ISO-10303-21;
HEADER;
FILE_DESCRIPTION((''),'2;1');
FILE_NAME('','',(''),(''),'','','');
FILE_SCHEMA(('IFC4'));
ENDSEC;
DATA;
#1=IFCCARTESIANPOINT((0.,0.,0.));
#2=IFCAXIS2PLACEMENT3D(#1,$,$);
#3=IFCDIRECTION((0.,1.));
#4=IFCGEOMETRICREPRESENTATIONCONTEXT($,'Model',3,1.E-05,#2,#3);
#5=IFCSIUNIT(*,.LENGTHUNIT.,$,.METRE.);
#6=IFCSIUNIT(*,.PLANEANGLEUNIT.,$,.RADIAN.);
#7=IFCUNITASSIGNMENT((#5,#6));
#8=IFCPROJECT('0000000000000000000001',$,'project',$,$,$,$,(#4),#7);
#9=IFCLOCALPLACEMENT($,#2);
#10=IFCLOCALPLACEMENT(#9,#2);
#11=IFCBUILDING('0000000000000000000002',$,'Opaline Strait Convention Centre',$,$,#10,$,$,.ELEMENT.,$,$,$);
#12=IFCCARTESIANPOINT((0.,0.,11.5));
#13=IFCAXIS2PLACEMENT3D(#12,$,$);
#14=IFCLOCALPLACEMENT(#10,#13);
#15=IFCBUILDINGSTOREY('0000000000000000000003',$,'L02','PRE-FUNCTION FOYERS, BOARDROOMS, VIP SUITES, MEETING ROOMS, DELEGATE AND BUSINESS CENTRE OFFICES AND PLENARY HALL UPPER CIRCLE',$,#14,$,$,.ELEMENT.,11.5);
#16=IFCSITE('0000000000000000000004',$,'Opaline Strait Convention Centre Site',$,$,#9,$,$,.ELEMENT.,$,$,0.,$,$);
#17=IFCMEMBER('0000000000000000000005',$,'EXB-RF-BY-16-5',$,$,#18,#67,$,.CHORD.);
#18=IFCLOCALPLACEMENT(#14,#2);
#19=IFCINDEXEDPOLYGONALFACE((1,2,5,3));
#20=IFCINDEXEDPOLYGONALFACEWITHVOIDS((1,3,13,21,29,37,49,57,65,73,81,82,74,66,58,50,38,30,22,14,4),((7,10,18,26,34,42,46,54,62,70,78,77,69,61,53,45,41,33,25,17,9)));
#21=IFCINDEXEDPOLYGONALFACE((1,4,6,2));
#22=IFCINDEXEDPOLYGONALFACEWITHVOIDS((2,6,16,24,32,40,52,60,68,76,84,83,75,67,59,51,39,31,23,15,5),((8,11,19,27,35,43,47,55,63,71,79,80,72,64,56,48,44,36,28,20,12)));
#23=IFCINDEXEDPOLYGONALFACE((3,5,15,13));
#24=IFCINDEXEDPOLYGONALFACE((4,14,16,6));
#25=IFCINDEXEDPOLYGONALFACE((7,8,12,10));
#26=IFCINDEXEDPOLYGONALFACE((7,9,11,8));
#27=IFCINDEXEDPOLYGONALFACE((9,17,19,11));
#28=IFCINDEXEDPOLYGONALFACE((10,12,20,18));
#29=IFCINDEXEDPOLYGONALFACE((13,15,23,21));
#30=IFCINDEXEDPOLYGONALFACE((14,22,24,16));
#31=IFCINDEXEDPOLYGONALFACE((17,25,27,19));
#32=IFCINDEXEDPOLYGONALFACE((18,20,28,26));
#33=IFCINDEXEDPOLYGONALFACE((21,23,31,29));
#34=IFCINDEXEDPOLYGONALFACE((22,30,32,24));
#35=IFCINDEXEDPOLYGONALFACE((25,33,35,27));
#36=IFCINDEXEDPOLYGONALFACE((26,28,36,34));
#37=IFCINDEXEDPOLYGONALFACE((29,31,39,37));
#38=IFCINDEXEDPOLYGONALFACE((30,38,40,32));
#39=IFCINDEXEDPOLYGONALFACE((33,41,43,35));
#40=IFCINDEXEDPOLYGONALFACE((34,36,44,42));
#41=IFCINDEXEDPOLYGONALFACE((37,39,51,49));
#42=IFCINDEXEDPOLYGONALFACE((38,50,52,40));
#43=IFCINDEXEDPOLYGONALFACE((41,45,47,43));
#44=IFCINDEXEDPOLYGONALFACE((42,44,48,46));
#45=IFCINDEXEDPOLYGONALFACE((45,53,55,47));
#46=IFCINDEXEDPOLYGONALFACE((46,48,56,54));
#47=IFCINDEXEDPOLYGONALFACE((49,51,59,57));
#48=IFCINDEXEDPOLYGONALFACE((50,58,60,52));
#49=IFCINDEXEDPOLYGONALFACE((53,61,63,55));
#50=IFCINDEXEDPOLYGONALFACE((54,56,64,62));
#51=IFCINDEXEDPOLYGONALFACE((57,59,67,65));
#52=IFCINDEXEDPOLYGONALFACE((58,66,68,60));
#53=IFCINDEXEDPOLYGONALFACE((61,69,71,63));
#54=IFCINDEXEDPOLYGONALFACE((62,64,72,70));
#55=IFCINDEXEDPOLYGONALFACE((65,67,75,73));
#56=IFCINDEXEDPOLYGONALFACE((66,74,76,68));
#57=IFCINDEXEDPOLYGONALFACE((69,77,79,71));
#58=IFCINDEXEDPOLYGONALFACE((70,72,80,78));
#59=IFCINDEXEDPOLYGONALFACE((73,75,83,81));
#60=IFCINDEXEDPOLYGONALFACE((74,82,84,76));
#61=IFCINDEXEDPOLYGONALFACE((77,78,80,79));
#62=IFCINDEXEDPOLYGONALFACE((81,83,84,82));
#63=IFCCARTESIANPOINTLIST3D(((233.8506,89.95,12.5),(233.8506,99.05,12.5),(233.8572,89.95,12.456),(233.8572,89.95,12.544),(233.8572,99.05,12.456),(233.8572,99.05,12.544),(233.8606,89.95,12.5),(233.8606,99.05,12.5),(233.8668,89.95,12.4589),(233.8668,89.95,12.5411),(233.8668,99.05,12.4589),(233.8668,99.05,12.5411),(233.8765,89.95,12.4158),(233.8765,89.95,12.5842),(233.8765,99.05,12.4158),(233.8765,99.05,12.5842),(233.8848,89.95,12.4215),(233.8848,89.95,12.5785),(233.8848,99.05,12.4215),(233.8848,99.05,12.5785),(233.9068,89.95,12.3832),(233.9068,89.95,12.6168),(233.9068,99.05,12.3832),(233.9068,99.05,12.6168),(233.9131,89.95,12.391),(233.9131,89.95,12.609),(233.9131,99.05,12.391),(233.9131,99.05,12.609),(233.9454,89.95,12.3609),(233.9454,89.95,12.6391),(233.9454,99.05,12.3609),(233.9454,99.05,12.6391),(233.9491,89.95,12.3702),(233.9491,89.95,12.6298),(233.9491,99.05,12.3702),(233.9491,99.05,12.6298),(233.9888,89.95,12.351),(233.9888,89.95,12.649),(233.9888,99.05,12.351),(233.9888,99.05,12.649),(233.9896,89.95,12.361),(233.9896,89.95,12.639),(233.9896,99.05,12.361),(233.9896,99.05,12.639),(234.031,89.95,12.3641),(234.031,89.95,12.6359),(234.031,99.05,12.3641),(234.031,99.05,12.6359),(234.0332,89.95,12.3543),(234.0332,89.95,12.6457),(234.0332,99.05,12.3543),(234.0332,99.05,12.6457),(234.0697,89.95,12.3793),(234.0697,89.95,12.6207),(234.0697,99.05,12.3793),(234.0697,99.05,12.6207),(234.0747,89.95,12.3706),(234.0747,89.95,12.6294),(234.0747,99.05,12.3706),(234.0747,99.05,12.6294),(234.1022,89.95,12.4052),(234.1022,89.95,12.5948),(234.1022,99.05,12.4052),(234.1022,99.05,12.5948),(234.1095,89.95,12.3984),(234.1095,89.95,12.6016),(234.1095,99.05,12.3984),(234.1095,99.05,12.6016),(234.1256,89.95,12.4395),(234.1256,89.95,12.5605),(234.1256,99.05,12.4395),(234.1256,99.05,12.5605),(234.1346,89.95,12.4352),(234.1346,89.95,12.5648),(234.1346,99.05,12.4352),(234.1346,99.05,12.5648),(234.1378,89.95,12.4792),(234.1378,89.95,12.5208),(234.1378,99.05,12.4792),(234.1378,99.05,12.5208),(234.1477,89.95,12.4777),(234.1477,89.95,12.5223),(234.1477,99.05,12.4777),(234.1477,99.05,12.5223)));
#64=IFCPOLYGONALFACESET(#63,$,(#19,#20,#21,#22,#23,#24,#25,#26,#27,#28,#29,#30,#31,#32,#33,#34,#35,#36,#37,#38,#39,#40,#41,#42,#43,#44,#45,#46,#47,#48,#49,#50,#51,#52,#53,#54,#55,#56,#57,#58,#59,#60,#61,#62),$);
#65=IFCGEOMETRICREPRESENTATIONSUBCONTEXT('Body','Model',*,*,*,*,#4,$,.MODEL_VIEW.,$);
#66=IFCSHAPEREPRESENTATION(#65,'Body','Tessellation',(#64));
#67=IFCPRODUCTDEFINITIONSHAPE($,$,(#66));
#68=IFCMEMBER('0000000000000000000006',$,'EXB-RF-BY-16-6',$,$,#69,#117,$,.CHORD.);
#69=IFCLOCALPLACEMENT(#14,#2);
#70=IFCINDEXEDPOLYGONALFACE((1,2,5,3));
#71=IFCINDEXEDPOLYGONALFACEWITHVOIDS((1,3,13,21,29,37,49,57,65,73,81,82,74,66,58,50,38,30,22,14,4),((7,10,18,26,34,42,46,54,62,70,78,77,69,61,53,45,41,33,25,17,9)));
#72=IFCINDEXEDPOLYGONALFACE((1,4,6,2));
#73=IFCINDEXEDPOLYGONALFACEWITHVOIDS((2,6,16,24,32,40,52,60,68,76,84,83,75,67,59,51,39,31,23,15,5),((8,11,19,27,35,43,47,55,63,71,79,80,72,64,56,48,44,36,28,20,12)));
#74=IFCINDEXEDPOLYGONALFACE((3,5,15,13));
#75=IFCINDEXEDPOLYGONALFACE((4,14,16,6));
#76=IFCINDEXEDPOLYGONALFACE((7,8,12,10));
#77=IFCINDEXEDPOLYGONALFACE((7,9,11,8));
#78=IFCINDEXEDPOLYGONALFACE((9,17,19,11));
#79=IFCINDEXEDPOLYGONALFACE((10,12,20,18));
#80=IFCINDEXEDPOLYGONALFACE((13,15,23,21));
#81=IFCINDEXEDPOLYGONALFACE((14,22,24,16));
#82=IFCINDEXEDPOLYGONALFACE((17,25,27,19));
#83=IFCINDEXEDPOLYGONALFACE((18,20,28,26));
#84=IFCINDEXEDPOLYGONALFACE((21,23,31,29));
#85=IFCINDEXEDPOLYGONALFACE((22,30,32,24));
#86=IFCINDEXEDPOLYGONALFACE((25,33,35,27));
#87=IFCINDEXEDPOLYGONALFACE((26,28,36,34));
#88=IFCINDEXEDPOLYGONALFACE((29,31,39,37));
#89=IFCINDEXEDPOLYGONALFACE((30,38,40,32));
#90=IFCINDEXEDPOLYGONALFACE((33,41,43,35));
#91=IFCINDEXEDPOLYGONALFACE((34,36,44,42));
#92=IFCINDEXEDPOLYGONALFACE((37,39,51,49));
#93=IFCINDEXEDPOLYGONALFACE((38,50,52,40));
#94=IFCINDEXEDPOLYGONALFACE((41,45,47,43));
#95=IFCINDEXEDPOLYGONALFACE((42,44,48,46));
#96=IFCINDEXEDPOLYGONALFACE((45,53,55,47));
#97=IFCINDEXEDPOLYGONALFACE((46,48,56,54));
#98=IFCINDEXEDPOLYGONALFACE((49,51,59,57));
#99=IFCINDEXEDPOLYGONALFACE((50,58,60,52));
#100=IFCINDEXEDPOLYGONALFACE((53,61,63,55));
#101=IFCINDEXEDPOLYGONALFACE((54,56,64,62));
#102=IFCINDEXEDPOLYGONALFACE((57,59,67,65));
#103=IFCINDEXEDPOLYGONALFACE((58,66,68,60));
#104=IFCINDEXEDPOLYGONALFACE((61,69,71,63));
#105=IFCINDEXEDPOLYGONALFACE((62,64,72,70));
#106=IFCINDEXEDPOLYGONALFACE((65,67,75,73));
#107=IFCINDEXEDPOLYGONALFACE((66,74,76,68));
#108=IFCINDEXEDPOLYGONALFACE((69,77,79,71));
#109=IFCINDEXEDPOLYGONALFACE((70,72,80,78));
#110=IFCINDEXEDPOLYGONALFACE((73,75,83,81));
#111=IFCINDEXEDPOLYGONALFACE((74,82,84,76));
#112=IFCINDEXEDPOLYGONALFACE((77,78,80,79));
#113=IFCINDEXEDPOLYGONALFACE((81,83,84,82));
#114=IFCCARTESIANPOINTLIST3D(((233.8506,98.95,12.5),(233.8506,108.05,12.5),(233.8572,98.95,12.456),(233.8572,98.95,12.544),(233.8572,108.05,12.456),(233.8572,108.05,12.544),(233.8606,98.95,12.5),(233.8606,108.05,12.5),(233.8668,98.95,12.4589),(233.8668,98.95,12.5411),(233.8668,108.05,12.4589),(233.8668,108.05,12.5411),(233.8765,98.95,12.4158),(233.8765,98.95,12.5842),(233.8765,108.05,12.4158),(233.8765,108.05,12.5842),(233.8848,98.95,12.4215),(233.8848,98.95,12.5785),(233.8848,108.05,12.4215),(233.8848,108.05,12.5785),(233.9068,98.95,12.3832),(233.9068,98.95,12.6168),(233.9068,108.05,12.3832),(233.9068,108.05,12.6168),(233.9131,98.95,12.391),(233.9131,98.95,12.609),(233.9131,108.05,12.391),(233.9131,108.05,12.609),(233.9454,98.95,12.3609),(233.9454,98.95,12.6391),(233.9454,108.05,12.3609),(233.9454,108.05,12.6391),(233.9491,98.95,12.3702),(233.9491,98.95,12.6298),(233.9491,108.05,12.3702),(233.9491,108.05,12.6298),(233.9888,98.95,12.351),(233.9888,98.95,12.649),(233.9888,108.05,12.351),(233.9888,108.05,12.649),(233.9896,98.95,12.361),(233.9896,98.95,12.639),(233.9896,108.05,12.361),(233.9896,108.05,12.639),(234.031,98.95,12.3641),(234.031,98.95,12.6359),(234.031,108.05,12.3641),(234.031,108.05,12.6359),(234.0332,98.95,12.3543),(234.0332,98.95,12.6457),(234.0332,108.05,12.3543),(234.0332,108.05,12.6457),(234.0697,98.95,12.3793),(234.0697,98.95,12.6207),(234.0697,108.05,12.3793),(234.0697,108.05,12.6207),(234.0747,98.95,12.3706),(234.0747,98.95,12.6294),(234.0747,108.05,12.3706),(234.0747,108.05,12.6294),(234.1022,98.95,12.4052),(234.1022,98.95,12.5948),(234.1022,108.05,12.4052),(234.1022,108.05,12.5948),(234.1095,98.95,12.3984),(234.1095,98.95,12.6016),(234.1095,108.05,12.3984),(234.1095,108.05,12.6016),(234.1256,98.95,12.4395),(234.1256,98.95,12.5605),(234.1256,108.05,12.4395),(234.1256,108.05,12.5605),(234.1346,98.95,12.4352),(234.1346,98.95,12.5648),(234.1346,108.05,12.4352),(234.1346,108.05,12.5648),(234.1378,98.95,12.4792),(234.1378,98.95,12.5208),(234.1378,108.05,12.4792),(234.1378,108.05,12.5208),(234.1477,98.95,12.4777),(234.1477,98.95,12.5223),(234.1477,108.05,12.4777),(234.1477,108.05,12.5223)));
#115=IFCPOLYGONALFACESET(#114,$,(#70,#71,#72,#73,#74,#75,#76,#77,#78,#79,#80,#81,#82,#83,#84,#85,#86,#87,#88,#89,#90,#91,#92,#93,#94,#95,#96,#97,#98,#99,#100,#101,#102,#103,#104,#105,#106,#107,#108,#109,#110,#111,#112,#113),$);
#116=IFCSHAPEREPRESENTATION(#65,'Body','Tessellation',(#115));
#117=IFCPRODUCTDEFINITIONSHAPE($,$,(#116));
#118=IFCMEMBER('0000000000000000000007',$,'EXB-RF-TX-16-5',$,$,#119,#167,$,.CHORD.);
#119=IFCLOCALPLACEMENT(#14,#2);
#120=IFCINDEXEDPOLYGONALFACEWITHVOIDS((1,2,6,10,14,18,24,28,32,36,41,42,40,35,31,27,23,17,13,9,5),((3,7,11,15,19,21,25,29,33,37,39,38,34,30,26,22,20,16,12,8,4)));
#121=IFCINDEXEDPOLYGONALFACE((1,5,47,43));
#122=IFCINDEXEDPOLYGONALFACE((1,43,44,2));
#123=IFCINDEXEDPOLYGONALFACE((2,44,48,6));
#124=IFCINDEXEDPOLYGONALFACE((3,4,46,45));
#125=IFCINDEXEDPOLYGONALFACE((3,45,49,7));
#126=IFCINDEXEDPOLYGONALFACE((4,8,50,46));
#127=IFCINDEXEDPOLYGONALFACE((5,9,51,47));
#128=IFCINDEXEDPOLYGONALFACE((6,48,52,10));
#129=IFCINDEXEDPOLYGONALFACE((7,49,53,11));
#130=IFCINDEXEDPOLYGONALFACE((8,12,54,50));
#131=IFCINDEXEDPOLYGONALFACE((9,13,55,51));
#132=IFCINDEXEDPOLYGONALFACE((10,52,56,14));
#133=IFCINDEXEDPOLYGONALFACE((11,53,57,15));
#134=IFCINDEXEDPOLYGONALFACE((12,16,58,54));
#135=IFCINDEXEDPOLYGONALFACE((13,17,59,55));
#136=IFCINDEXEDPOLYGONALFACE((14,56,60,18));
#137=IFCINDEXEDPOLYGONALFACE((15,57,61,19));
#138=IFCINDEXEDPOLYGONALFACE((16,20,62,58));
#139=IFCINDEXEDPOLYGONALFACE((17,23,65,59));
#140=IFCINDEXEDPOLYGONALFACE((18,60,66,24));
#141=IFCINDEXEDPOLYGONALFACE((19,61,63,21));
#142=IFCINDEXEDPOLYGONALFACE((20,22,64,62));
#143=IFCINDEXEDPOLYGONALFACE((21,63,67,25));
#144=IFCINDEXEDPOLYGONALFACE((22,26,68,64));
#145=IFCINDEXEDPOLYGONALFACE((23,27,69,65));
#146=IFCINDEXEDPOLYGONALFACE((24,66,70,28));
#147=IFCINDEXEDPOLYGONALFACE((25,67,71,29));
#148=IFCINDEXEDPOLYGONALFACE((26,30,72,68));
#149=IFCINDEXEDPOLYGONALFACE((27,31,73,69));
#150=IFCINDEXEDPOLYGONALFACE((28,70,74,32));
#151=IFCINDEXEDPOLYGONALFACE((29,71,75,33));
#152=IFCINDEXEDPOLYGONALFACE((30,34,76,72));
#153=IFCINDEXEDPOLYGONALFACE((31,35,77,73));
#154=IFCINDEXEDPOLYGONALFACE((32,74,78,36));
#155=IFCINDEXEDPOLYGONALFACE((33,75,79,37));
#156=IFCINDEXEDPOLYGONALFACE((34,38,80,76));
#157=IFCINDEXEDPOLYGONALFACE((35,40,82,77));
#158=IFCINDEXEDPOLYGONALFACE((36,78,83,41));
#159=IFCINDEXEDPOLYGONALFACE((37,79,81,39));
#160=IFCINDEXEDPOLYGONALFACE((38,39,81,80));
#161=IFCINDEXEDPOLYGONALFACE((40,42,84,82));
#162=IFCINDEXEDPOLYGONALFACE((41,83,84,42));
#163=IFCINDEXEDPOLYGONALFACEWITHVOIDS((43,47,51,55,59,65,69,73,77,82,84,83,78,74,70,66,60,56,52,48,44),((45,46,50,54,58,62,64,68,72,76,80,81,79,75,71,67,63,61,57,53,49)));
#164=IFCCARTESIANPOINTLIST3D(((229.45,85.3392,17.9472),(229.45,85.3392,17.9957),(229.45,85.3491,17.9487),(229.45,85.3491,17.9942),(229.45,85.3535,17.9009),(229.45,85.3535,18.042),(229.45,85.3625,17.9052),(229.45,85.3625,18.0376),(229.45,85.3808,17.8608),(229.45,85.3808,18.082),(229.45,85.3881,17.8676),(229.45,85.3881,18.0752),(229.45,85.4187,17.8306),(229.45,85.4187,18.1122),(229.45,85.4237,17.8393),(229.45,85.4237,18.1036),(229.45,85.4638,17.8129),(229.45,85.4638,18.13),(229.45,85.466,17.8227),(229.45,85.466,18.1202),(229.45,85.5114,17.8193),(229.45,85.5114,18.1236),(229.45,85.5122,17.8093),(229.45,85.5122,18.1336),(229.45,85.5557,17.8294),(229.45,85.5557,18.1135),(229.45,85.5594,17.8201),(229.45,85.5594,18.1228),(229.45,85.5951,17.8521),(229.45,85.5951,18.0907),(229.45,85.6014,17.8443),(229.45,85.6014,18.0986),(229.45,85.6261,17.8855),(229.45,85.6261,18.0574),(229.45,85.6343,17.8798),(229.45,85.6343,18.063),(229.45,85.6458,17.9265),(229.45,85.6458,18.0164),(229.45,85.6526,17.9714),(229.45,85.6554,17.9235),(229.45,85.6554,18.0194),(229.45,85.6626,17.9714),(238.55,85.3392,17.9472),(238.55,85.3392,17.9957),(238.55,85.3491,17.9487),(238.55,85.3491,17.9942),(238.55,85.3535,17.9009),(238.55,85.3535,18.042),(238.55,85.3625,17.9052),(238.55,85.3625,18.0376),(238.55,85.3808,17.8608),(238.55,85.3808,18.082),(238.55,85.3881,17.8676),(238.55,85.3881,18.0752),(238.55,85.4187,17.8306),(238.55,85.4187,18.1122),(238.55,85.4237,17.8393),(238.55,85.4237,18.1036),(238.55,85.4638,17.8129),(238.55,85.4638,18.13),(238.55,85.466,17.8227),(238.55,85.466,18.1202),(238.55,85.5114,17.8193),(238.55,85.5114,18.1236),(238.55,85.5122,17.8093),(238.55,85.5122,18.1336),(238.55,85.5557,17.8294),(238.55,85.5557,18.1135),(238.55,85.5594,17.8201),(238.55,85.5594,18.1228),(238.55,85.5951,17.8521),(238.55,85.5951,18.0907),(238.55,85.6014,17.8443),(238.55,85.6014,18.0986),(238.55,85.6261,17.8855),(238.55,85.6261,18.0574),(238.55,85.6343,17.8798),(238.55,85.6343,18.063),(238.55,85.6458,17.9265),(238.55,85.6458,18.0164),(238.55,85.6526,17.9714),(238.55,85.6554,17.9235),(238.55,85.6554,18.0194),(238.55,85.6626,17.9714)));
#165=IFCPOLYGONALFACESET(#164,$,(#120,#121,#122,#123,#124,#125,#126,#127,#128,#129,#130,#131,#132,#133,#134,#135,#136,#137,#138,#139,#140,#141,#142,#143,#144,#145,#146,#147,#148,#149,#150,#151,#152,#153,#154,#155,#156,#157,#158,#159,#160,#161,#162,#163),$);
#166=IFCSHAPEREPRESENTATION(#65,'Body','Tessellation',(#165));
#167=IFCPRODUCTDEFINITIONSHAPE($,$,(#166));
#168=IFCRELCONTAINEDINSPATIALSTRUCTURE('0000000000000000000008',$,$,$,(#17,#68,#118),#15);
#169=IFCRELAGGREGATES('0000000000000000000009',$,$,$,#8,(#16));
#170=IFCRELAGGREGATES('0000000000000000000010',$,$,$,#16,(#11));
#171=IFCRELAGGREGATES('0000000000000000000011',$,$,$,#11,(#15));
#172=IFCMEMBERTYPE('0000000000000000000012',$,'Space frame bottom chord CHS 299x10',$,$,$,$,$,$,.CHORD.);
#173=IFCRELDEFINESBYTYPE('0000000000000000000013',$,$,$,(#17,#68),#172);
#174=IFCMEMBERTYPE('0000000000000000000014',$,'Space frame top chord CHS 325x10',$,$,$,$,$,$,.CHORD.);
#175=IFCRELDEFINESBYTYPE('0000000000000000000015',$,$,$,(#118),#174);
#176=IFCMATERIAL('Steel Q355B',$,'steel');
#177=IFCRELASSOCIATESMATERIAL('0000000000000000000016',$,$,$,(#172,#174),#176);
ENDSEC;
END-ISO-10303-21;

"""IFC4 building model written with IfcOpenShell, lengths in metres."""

from ifc_helpers import new_model, si_unit, direction, frame, origin, origin_2d, place, context, subcontext, project, spatial, hollow_circle, extrude, material, material_profile, profile_set, type_object, element, save


model = new_model("IFC4")

# Units and contexts
model_context = context("Model", 3, precision=1e-05, world=origin(), true_north=direction((0.0, 1.0)))
body_context = subcontext(model_context, "Body", "Model", "MODEL_VIEW")
ifc_project = project(units=[si_unit("LENGTHUNIT", "METRE"), si_unit("PLANEANGLEUNIT", "RADIAN")], contexts=[model_context])

# Site, building, storey
site_placement = place(None, origin())
site = spatial("IfcSite", under=ifc_project, at=site_placement, Name="Opaline Strait Convention Centre Site", CompositionType="ELEMENT", RefElevation=0.0)
building_placement = place(site_placement, origin())
building = spatial("IfcBuilding", under=site, at=building_placement, Name="Opaline Strait Convention Centre", CompositionType="ELEMENT")
storey_placement = place(building_placement, frame((0.0, 0.0, 11.5)))
storey = spatial("IfcBuildingStorey", under=building, at=storey_placement, Name="L02", Description="PRE-FUNCTION FOYERS, BOARDROOMS, VIP SUITES, MEETING ROOMS, DELEGATE AND BUSINESS CENTRE OFFICES AND PLENARY HALL UPPER CIRCLE", CompositionType="ELEMENT", Elevation=11.5)

# Members
ifc_material = material(Name="Steel Q355B", Category="steel")
ifc_material_profile_1 = material_profile(ifc_material, hollow_circle(Radius=0.1494, WallThickness=0.01, at=origin_2d()), Name="CHS 299x10")
ifc_profile_set_1 = profile_set([ifc_material_profile_1], Name="Steel Q355B")
member_type_1 = type_object("IfcMemberType", Name="Space frame bottom chord CHS 299x10", PredefinedType="CHORD", material=ifc_profile_set_1)
for number, where, z_axis, x_axis, name in (
    (1, (234.0, 89.95, 12.5), (0.0, 1.0, 0.0), (-1.0, 0.0, 0.0), "EXB-RF-BY-16-5"),
    (2, (234.0, 98.95, 12.5), (0.0, 1.0, 0.0), (-1.0, 0.0, 0.0), "EXB-RF-BY-16-6"),
):
    element("IfcMember", number, at=place(storey_placement, frame(where, z_axis=z_axis, x_axis=x_axis)), inside=storey, type_object=member_type_1, Name=name, PredefinedType="CHORD", context=body_context, shape_type="SweptSolid", body=[
        extrude(hollow_circle(Radius=0.1494, WallThickness=0.01, at=origin_2d()), origin(), (0.0, 0.0, 1.0), 9.1001),
    ])
ifc_material_profile_2 = material_profile(ifc_material, hollow_circle(Radius=0.1626, WallThickness=0.01, at=origin_2d()), Name="CHS 325x10")
ifc_profile_set_2 = profile_set([ifc_material_profile_2], Name="Steel Q355B")
member_type_2 = type_object("IfcMemberType", Name="Space frame top chord CHS 325x10", PredefinedType="CHORD", material=ifc_profile_set_2)
for number, where, z_axis, x_axis, name in (
    (3, (229.45, 85.5, 17.9714), (1.0, 0.0, 0.0), (0.0, 1.0, 0.0), "EXB-RF-TX-16-5"),
):
    element("IfcMember", number, at=place(storey_placement, frame(where, z_axis=z_axis, x_axis=x_axis)), inside=storey, type_object=member_type_2, Name=name, PredefinedType="CHORD", context=body_context, shape_type="SweptSolid", body=[
        extrude(hollow_circle(Radius=0.1626, WallThickness=0.01, at=origin_2d()), origin(), (0.0, 0.0, 1.0), 9.1001),
    ])

save(model, "model.ifc")
